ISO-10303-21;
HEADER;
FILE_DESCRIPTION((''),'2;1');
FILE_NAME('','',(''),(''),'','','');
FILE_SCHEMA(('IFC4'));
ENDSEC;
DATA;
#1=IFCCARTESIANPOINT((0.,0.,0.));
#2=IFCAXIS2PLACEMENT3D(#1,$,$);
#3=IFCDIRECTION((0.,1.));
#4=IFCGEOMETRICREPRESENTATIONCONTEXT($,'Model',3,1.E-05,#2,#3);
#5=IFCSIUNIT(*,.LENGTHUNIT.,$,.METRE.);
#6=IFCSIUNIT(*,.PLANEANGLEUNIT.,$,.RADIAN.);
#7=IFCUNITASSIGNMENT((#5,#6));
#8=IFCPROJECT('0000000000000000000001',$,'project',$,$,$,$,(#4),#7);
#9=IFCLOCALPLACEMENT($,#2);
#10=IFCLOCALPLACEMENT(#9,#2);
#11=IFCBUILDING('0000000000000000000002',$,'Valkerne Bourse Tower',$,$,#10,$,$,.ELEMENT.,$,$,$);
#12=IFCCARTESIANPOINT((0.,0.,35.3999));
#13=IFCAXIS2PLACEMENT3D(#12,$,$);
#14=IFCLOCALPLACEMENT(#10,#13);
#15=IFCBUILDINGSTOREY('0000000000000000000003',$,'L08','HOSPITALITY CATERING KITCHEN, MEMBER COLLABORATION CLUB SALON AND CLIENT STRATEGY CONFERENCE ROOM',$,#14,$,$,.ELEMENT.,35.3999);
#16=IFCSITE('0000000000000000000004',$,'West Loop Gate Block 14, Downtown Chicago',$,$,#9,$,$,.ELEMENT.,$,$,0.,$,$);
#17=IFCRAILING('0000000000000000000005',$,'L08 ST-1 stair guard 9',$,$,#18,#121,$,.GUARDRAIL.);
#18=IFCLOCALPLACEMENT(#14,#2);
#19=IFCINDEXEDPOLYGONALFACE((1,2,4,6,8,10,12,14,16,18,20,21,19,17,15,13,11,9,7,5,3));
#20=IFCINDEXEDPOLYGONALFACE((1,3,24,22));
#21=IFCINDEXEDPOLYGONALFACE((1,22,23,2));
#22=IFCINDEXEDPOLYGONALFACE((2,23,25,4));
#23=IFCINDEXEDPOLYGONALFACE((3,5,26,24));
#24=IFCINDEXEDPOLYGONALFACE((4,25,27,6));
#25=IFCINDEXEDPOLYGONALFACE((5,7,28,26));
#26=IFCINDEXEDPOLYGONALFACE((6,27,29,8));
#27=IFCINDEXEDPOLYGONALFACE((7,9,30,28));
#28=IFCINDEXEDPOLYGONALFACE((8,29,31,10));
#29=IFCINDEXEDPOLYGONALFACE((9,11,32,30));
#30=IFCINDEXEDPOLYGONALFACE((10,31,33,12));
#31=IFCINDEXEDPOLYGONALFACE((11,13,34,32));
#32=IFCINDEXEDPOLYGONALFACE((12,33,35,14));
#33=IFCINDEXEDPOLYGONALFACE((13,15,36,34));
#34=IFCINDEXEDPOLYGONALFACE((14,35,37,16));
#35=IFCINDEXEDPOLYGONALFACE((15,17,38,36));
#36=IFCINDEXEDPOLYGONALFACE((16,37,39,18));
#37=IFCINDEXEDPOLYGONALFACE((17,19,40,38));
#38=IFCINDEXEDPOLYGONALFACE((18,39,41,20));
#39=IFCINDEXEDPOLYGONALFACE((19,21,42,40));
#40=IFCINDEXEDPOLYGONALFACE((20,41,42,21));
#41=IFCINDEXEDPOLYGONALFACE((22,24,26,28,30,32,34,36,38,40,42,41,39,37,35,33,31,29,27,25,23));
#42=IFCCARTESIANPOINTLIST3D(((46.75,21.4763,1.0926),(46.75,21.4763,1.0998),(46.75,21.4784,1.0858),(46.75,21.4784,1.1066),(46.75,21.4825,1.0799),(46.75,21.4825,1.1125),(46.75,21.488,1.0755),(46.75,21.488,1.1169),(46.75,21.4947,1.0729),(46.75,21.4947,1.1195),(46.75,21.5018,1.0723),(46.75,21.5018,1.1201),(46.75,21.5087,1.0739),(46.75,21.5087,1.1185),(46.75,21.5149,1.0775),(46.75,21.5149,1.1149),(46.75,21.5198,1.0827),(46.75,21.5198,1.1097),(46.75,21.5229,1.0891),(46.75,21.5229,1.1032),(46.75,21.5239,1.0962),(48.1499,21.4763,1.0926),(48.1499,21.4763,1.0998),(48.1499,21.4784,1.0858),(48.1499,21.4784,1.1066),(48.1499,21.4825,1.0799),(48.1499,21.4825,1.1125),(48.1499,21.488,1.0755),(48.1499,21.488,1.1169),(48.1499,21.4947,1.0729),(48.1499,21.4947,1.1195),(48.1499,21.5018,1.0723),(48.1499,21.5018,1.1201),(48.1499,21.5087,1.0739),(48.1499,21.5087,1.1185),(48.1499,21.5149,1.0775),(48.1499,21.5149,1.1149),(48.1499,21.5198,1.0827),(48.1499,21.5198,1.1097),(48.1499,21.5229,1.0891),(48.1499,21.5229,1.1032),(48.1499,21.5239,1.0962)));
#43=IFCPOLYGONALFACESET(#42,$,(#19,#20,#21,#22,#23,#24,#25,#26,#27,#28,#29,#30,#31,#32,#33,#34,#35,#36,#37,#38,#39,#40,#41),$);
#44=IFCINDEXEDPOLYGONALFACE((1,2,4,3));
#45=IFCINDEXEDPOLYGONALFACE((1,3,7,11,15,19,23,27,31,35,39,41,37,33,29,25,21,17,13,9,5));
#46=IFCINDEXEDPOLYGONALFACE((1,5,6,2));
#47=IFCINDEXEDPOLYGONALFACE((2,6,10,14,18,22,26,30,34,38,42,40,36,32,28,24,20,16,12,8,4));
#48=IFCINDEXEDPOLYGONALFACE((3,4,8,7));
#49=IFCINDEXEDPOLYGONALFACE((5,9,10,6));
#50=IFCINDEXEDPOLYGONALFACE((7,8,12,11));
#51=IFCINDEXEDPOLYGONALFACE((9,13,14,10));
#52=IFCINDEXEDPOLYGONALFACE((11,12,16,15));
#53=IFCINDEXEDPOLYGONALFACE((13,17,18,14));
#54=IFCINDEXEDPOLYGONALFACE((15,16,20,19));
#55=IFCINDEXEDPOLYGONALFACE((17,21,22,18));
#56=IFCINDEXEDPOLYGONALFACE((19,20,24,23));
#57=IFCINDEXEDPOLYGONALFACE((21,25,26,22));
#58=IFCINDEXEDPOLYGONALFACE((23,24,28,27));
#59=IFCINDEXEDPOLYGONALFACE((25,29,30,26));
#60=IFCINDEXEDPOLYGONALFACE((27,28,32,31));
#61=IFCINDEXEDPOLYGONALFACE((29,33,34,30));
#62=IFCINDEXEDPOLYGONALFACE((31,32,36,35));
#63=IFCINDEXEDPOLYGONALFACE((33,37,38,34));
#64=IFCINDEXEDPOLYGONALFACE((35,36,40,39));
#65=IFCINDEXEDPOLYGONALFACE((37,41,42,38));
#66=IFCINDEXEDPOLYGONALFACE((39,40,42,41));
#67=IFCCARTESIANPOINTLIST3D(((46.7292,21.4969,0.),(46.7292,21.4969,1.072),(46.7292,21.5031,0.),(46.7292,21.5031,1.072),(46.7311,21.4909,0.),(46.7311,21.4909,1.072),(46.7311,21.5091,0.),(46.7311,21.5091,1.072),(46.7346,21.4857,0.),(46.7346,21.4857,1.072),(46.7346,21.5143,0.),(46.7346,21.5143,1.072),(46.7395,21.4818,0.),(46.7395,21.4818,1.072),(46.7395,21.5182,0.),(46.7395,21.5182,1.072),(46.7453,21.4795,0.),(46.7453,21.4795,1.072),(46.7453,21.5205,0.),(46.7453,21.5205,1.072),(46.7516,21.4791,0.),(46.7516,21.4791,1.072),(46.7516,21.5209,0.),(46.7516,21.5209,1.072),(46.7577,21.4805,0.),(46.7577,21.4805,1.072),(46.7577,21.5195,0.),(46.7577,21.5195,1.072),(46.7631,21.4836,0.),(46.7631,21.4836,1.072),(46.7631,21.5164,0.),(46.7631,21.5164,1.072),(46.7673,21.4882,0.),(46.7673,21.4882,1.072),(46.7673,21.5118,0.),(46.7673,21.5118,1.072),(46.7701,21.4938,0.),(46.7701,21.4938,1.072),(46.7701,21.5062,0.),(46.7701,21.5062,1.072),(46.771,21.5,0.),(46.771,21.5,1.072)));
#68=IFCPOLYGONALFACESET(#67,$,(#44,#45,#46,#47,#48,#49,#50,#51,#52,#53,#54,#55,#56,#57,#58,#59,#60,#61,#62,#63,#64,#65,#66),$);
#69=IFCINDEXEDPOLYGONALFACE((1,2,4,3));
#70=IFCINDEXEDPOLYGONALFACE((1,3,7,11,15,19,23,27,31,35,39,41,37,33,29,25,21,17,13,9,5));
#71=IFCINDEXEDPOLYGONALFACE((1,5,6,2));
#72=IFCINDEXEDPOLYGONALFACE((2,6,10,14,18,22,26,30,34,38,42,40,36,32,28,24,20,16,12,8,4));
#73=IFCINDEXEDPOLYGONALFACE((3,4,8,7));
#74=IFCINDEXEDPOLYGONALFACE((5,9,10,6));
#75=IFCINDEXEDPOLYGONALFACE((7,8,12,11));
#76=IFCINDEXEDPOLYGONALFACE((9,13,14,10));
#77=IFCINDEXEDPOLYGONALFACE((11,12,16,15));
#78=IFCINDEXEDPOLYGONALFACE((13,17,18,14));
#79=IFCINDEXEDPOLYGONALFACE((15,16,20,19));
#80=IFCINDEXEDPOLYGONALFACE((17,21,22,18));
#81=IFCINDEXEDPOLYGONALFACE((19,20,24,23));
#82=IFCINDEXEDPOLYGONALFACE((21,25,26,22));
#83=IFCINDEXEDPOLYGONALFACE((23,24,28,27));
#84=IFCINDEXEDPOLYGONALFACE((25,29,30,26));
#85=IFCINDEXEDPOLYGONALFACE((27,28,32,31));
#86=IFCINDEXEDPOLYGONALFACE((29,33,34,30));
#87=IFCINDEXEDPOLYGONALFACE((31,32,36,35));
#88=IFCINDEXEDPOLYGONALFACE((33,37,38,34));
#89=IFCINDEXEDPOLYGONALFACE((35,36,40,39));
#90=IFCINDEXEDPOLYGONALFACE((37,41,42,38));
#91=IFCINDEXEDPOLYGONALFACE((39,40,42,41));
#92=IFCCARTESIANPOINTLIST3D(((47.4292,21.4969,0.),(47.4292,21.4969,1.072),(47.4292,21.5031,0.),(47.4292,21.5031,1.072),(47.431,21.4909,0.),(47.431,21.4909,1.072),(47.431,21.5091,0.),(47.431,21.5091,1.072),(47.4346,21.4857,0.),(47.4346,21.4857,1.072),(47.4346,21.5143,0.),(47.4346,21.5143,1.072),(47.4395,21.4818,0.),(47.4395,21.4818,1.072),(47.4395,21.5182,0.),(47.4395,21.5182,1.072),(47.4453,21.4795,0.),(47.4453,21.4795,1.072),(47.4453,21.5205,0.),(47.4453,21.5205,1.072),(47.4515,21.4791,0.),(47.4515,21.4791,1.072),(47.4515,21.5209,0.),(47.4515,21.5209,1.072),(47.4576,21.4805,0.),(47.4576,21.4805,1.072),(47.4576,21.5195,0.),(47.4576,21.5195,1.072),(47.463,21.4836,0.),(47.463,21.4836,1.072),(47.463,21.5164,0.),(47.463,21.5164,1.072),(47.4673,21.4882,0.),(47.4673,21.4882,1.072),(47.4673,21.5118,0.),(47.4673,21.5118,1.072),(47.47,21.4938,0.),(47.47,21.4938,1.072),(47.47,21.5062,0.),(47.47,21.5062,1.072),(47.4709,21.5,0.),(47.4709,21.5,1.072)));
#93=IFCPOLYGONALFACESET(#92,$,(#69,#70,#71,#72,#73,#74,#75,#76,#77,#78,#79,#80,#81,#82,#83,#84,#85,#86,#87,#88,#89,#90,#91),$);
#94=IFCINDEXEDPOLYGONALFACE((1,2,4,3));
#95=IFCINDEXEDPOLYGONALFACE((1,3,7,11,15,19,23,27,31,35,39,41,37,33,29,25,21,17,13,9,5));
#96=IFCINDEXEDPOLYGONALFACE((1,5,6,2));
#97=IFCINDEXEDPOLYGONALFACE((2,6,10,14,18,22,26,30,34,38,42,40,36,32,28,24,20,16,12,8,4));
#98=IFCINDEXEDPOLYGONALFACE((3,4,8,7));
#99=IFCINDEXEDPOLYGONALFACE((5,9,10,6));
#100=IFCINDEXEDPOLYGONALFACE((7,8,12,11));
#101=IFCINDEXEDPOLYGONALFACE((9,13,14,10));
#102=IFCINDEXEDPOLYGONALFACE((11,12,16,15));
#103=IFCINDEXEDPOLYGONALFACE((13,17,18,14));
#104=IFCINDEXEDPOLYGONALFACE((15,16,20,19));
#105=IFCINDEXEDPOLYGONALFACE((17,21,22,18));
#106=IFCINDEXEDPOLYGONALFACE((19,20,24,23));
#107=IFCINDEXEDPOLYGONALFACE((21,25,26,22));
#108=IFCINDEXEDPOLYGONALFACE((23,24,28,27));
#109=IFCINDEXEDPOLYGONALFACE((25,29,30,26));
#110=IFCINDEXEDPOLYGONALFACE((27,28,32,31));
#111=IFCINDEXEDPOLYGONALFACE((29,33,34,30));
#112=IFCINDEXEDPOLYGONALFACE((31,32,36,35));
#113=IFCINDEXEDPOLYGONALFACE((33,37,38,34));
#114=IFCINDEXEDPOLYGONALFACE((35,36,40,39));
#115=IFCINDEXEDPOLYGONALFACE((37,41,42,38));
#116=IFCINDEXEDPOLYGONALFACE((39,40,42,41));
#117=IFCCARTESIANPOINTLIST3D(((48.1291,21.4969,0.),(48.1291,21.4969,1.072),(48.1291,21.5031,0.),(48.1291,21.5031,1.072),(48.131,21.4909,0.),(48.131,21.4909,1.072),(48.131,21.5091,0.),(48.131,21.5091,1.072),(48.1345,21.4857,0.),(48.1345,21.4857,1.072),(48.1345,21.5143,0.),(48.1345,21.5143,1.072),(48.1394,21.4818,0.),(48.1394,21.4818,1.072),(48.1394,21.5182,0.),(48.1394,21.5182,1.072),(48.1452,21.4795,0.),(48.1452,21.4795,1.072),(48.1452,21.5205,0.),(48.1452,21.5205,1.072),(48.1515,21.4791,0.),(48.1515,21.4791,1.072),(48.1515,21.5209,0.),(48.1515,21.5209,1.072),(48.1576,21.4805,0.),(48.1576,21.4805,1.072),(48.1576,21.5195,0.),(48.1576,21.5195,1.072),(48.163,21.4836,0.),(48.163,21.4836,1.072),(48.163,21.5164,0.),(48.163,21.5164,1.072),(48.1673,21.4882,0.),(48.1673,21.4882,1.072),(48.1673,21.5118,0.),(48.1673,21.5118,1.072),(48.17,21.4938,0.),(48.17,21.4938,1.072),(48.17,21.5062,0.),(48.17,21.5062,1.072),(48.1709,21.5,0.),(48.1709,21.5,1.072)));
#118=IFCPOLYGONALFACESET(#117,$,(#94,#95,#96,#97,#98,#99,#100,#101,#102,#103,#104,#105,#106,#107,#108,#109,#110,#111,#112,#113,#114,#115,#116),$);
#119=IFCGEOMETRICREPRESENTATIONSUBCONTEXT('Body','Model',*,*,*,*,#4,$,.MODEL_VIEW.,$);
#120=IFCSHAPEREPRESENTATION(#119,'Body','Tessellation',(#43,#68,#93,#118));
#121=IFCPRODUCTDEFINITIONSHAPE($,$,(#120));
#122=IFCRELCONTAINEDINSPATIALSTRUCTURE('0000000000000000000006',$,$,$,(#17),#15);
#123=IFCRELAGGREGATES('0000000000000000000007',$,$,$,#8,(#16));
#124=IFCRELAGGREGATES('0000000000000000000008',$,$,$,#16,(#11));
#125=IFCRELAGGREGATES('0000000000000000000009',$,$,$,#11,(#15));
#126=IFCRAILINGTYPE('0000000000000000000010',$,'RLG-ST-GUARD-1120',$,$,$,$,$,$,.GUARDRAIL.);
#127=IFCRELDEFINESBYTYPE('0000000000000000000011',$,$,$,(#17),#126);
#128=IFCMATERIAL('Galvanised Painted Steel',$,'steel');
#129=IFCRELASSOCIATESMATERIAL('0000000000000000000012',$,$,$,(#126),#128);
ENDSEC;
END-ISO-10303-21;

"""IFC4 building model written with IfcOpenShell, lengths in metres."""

from ifc_helpers import new_model, si_unit, direction, frame, origin, origin_2d, place, context, subcontext, project, spatial, circle, extrude, material, type_object, element, save


model = new_model("IFC4")

# Units and contexts
model_context = context("Model", 3, precision=1e-05, world=origin(), true_north=direction((0.0, 1.0)))
body_context = subcontext(model_context, "Body", "Model", "MODEL_VIEW")
ifc_project = project(units=[si_unit("LENGTHUNIT", "METRE"), si_unit("PLANEANGLEUNIT", "RADIAN")], contexts=[model_context])

# Site, building, storey
site_placement = place(None, origin())
site = spatial("IfcSite", under=ifc_project, at=site_placement, Name="West Loop Gate Block 14, Downtown Chicago", CompositionType="ELEMENT", RefElevation=0.0)
building_placement = place(site_placement, origin())
building = spatial("IfcBuilding", under=site, at=building_placement, Name="Valkerne Bourse Tower", CompositionType="ELEMENT")
storey_placement = place(building_placement, frame((0.0, 0.0, 35.3999)))
storey = spatial("IfcBuildingStorey", under=building, at=storey_placement, Name="L08", Description="HOSPITALITY CATERING KITCHEN, MEMBER COLLABORATION CLUB SALON AND CLIENT STRATEGY CONFERENCE ROOM", CompositionType="ELEMENT", Elevation=35.3999)

# Shared definitions
ifc_material_1 = material(Name="Galvanised Painted Steel", Category="steel")

# Railing
railing_type_1 = type_object("IfcRailingType", Name="RLG-ST-GUARD-1120", PredefinedType="GUARDRAIL", material=ifc_material_1)
for number, where, name in (
    (1, (46.75, 21.5, 0.0), "L08 ST-1 stair guard 9"),
):
    element("IfcRailing", number, at=place(storey_placement, frame(where)), inside=storey, type_object=railing_type_1, Name=name, PredefinedType="GUARDRAIL", context=body_context, shape_type="SweptSolid", body=[
        extrude(circle(Radius=0.0239, at=origin_2d()), frame((0.0, 0.0, 1.0962), z_axis=(1.0, 0.0, 0.0), x_axis=(0.0, 1.0, 0.0)), (0.0, 0.0, 1.0), 1.3999),
        extrude(circle(Radius=0.021, at=origin_2d()), origin(), (0.0, 0.0, 1.0), 1.072),
        extrude(circle(Radius=0.021, at=origin_2d()), frame((0.7, 0.0, 0.0)), (0.0, 0.0, 1.0), 1.072),
        extrude(circle(Radius=0.021, at=origin_2d()), frame((1.3999, 0.0, 0.0)), (0.0, 0.0, 1.0), 1.072),
    ])

save(model, "model.ifc")
